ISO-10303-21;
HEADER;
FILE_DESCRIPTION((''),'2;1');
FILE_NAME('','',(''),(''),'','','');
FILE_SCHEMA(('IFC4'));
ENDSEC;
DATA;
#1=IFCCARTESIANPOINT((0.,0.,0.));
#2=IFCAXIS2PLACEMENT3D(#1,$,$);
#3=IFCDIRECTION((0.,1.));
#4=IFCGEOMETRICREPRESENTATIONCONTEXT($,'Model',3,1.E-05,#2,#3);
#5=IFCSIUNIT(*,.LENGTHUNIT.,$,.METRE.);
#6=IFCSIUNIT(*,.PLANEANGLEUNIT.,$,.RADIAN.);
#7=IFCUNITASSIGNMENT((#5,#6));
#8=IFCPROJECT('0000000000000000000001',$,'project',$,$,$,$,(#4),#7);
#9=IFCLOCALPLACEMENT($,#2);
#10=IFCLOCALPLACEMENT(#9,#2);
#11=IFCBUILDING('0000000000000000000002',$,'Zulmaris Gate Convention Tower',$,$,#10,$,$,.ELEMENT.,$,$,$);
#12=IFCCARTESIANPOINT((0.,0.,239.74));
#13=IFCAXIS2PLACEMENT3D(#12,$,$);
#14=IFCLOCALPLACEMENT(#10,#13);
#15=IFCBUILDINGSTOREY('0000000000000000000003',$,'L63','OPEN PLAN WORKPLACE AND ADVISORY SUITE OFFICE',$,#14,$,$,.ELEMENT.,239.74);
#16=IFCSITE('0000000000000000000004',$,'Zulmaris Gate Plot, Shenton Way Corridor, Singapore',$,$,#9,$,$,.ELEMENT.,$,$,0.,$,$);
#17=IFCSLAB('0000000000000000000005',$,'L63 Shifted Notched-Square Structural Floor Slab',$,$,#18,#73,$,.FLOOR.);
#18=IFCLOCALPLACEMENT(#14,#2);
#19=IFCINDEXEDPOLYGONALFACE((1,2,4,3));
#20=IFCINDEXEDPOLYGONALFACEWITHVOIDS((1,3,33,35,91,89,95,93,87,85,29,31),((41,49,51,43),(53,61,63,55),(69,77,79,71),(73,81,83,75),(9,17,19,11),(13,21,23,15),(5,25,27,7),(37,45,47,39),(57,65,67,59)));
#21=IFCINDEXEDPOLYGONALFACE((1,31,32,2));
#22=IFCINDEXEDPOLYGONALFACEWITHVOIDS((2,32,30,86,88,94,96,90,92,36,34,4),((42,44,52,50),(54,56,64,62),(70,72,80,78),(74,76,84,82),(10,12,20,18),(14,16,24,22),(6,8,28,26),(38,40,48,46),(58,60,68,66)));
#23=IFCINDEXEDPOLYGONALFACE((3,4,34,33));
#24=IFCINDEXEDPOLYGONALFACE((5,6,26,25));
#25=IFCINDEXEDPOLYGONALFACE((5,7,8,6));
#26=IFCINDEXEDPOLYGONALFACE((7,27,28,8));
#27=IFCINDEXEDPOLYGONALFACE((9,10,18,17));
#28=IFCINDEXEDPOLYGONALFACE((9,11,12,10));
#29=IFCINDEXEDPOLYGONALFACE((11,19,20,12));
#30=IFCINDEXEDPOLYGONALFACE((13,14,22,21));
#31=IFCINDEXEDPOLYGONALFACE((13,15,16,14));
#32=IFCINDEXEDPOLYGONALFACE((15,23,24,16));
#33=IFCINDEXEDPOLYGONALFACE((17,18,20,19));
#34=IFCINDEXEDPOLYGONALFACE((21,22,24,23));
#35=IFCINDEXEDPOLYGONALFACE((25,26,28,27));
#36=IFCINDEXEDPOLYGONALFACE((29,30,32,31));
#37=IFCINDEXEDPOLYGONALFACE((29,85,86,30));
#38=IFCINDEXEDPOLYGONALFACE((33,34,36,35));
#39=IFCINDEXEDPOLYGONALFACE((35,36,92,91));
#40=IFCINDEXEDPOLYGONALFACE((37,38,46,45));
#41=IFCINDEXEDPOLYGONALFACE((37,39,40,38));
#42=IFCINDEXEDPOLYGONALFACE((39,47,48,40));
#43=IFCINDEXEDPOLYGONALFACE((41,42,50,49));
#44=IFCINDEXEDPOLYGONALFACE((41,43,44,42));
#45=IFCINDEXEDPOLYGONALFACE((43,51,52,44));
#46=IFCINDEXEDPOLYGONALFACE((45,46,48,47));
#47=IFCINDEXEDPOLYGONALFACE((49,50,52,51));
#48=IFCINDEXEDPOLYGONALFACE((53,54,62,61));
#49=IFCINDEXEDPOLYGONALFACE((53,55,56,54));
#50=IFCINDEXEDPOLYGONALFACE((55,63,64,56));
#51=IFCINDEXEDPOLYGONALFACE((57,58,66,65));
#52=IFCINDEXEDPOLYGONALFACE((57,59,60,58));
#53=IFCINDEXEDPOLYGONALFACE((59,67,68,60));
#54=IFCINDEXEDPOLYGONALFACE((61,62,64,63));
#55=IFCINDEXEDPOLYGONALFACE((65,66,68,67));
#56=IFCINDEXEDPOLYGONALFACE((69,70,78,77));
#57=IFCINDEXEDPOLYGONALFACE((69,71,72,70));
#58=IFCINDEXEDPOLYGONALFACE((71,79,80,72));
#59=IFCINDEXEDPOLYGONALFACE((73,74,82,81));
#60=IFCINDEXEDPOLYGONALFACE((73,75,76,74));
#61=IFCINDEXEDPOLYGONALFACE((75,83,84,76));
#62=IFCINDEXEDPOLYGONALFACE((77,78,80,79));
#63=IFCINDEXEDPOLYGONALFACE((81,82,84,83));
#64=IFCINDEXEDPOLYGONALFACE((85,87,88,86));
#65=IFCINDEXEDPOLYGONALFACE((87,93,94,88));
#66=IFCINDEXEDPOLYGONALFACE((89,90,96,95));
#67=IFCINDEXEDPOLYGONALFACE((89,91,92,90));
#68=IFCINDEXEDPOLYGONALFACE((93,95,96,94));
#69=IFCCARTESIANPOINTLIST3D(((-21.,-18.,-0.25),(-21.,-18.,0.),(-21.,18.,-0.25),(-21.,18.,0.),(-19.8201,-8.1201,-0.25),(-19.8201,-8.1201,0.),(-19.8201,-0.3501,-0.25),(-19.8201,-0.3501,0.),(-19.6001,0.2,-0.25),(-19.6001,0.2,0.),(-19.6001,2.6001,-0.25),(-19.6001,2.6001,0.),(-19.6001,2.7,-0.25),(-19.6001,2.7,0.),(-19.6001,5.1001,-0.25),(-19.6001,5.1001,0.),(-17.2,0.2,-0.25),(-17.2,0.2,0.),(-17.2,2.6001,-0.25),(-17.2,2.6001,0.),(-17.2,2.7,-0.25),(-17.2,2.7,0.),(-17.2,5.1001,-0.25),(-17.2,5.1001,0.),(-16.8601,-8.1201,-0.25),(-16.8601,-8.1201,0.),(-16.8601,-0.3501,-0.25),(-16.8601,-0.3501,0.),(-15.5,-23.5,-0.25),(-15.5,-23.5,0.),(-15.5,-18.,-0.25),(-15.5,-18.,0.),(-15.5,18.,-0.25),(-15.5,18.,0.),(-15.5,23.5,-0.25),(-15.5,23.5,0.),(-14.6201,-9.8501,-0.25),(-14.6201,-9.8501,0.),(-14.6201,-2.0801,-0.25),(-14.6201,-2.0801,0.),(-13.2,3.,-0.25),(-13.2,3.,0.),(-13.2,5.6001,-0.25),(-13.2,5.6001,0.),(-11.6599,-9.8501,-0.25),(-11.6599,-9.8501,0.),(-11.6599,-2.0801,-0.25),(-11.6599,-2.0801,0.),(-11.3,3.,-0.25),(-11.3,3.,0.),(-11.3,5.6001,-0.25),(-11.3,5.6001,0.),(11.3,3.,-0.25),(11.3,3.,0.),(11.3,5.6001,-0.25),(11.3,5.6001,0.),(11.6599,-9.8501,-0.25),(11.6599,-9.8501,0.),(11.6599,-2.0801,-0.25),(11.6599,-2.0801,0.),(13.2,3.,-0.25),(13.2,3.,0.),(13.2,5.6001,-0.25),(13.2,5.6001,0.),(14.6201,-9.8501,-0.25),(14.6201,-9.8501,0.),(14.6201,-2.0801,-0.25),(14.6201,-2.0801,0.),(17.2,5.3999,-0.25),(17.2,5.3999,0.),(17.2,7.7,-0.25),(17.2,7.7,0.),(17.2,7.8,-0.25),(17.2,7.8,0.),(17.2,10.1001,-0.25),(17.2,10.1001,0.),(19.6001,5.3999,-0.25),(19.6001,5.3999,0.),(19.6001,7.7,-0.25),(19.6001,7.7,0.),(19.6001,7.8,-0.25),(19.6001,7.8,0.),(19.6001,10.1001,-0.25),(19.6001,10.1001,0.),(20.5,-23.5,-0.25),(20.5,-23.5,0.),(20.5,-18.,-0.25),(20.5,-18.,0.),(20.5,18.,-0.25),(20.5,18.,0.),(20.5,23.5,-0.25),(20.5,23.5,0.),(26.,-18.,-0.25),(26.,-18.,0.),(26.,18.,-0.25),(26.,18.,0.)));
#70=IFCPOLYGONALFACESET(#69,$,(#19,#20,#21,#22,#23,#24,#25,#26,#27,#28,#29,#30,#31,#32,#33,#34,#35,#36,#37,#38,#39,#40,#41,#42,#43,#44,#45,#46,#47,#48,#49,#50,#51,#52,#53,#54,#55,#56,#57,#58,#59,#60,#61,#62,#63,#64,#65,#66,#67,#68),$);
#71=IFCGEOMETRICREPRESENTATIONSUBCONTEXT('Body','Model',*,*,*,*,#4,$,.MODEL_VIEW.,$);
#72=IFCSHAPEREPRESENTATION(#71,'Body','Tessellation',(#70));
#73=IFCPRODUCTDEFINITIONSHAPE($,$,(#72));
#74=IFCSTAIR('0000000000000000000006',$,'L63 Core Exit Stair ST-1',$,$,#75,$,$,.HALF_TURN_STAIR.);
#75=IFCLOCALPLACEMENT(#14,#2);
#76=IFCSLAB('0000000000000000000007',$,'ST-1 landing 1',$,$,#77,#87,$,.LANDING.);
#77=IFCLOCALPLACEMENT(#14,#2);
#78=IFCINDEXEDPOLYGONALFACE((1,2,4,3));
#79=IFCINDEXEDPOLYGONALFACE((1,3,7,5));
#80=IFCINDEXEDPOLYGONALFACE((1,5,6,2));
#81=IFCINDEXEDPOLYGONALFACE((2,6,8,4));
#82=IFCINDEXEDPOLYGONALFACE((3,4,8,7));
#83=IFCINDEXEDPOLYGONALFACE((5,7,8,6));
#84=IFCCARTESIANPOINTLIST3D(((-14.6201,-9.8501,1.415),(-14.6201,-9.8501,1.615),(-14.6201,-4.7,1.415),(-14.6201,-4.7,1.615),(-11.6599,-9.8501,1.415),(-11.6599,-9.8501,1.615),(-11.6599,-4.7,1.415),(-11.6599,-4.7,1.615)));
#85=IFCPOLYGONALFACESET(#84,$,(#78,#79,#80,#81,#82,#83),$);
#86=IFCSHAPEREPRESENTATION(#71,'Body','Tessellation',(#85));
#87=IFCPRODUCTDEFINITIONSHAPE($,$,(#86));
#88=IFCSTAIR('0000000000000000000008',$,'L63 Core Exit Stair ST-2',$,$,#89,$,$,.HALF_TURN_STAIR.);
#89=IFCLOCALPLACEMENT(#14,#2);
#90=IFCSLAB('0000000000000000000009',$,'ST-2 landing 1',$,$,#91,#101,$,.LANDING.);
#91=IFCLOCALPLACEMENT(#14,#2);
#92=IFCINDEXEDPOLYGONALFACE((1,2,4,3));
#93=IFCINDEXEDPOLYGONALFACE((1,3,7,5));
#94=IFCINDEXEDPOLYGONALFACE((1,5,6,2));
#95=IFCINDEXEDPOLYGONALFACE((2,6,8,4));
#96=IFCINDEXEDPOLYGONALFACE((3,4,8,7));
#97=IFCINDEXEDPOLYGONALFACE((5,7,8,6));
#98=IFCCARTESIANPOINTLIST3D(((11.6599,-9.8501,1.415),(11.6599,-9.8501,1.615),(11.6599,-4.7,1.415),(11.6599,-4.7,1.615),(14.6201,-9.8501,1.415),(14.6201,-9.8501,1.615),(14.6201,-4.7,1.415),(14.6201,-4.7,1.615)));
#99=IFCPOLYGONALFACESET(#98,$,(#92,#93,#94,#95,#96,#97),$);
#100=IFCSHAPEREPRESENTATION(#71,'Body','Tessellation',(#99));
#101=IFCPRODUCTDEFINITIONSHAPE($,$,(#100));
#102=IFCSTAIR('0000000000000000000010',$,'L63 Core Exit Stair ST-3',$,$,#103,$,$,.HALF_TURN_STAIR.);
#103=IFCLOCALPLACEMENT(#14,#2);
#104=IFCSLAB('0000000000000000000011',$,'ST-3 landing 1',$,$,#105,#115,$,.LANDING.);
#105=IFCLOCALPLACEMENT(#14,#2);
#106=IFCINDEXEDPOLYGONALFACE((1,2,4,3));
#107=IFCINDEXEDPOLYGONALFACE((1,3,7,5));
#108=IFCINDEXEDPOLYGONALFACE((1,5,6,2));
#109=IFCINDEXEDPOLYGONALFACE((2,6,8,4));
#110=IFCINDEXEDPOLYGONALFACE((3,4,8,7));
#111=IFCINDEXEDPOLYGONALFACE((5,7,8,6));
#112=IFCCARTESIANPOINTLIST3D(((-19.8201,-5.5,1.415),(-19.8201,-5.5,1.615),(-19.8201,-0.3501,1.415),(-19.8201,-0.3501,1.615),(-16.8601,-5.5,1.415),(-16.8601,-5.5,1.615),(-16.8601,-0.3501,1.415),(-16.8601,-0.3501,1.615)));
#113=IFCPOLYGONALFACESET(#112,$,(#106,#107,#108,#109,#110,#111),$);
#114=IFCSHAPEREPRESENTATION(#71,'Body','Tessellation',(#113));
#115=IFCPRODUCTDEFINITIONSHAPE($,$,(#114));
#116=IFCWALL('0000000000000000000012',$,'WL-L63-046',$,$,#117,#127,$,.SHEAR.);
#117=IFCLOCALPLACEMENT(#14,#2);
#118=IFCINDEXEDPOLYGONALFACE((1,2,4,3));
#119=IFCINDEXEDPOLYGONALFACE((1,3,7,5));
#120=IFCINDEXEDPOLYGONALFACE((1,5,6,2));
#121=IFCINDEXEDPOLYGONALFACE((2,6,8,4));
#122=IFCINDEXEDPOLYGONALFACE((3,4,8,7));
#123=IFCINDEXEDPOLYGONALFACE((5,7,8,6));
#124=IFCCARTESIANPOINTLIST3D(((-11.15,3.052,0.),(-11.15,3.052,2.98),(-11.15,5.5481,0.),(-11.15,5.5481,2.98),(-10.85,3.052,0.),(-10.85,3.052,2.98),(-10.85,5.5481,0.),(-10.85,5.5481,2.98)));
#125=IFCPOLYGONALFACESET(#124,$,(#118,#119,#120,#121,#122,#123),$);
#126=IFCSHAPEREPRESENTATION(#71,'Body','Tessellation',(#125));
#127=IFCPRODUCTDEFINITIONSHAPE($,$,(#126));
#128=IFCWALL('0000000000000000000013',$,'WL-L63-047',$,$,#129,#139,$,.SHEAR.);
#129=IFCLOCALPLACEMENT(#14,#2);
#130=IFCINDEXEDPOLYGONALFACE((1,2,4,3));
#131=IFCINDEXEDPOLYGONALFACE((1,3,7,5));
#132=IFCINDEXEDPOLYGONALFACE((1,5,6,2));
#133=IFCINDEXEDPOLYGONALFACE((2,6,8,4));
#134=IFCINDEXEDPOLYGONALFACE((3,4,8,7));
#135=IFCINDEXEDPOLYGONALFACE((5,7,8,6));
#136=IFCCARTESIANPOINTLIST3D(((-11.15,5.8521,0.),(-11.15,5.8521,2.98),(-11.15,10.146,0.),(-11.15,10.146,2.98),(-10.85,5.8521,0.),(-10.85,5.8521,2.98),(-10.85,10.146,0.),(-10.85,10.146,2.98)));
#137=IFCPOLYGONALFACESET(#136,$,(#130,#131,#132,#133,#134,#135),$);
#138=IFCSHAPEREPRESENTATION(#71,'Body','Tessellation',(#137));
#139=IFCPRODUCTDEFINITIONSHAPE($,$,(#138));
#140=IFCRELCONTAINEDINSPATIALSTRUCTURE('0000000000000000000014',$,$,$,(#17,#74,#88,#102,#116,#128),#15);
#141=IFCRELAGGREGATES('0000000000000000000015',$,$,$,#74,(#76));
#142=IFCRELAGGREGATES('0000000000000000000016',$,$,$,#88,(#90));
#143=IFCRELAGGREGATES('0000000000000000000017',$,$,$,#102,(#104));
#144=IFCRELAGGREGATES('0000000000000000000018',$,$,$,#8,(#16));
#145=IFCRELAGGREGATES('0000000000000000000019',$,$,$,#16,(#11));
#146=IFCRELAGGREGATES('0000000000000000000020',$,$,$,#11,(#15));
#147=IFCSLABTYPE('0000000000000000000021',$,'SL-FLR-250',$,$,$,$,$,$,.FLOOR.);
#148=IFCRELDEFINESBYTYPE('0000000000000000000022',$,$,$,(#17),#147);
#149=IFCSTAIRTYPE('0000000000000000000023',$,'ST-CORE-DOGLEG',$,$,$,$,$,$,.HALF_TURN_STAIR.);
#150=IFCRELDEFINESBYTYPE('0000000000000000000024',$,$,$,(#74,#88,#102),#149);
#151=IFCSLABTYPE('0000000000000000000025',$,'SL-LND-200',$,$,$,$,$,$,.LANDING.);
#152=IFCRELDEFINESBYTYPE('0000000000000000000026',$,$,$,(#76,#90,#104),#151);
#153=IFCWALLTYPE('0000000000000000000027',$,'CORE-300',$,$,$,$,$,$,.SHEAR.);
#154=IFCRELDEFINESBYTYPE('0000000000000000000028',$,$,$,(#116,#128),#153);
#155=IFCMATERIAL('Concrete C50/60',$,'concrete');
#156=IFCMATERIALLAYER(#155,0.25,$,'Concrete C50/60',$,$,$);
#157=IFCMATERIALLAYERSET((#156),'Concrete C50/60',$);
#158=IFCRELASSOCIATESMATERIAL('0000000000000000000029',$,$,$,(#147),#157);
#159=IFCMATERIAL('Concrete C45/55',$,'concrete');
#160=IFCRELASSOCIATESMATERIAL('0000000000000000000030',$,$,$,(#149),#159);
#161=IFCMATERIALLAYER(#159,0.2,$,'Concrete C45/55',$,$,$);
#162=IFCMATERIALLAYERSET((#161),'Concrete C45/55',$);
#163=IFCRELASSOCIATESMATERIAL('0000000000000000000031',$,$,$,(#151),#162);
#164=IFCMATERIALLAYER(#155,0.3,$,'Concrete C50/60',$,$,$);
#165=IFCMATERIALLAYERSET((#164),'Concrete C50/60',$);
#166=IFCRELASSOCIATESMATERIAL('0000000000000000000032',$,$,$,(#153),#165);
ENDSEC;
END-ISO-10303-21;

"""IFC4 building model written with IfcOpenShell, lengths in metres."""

from ifc_helpers import new_model, si_unit, direction, frame, frame_2d, origin, place, context, subcontext, project, spatial, polyline, rectangle, outline, extrude, material, layer, layer_set, type_object, element, aggregate, save


model = new_model("IFC4")

# Units and contexts
model_context = context("Model", 3, precision=1e-05, world=origin(), true_north=direction((0.0, 1.0)))
body_context = subcontext(model_context, "Body", "Model", "MODEL_VIEW")
ifc_project = project(units=[si_unit("LENGTHUNIT", "METRE"), si_unit("PLANEANGLEUNIT", "RADIAN")], contexts=[model_context])

# Site, building, storey
site_placement = place(None, origin())
site = spatial("IfcSite", under=ifc_project, at=site_placement, Name="Zulmaris Gate Plot, Shenton Way Corridor, Singapore", CompositionType="ELEMENT", RefElevation=0.0)
building_placement = place(site_placement, origin())
building = spatial("IfcBuilding", under=site, at=building_placement, Name="Zulmaris Gate Convention Tower", CompositionType="ELEMENT")
storey_placement = place(building_placement, frame((0.0, 0.0, 239.74)))
storey = spatial("IfcBuildingStorey", under=building, at=storey_placement, Name="L63", Description="OPEN PLAN WORKPLACE AND ADVISORY SUITE OFFICE", CompositionType="ELEMENT", Elevation=239.74)

# Shared definitions
ifc_material_1 = material(Name="Concrete C50/60", Category="concrete")

# Slab
ifc_layer_1 = layer(ifc_material_1, 0.25, Name="Concrete C50/60")
ifc_layer_set_1 = layer_set([ifc_layer_1], Name="Concrete C50/60")
slab_type_1 = type_object("IfcSlabType", Name="SL-FLR-250", PredefinedType="FLOOR", material=ifc_layer_set_1)
slab_1_placement = place(storey_placement, frame((0.0, 0.0, -0.25)))
element("IfcSlab", 1, at=slab_1_placement, inside=storey, type_object=slab_type_1, Name="L63 Shifted Notched-Square Structural Floor Slab", PredefinedType="FLOOR", context=body_context, shape_type="SweptSolid", body=[
    extrude(outline(polyline([(-15.5, -23.5), (20.5, -23.5), (20.5, -18.0), (26.0, -18.0), (26.0, 18.0), (20.5, 18.0), (20.5, 23.5), (-15.5, 23.5), (-15.5, 18.0), (-21.0, 18.0), (-21.0, -18.0), (-15.5, -18.0), (-15.5, -23.5)]), holes=[polyline([(-14.6201, -2.0801), (-14.6201, -9.8501), (-11.6599, -9.8501), (-11.6599, -2.0801), (-14.6201, -2.0801)]), polyline([(11.6599, -2.0801), (11.6599, -9.8501), (14.6201, -9.8501), (14.6201, -2.0801), (11.6599, -2.0801)]), polyline([(-16.8601, -8.1201), (-16.8601, -0.3501), (-19.8201, -0.3501), (-19.8201, -8.1201), (-16.8601, -8.1201)]), polyline([(-13.2, 3.0), (-11.3, 3.0), (-11.3, 5.6001), (-13.2, 5.6001), (-13.2, 3.0)]), polyline([(11.3, 3.0), (13.2, 3.0), (13.2, 5.6001), (11.3, 5.6001), (11.3, 3.0)]), polyline([(17.2, 5.3999), (19.6001, 5.3999), (19.6001, 7.7), (17.2, 7.7), (17.2, 5.3999)]), polyline([(17.2, 7.8), (19.6001, 7.8), (19.6001, 10.1001), (17.2, 10.1001), (17.2, 7.8)]), polyline([(-19.6001, 0.2), (-17.2, 0.2), (-17.2, 2.6001), (-19.6001, 2.6001), (-19.6001, 0.2)]), polyline([(-19.6001, 2.7), (-17.2, 2.7), (-17.2, 5.1001), (-19.6001, 5.1001), (-19.6001, 2.7)])]), origin(), (0.0, 0.0, 1.0), 0.25),
])

# Stairs, slabs
ifc_material_2 = material(Name="Concrete C45/55", Category="concrete")
stair_type = type_object("IfcStairType", Name="ST-CORE-DOGLEG", PredefinedType="HALF_TURN_STAIR", material=ifc_material_2)
stair_1_placement = place(storey_placement, origin())
stair_1 = element("IfcStair", 2, at=stair_1_placement, inside=storey, type_object=stair_type, Name="L63 Core Exit Stair ST-1", PredefinedType="HALF_TURN_STAIR")
ifc_layer_2 = layer(ifc_material_2, 0.2, Name="Concrete C45/55")
ifc_layer_set_2 = layer_set([ifc_layer_2], Name="Concrete C45/55")
slab_type_2 = type_object("IfcSlabType", Name="SL-LND-200", PredefinedType="LANDING", material=ifc_layer_set_2)
slab_2_placement = place(storey_placement, frame((0.0, 0.0, 1.415)))
slab_2 = element("IfcSlab", 3, at=slab_2_placement, type_object=slab_type_2, Name="ST-1 landing 1", PredefinedType="LANDING", context=body_context, shape_type="SweptSolid", body=[
    extrude(outline(polyline([(-14.6201, -4.7), (-14.6201, -9.8501), (-11.6599, -9.8501), (-11.6599, -4.7), (-14.6201, -4.7)])), origin(), (0.0, 0.0, 1.0), 0.2),
])
aggregate(stair_1, [slab_2])
stair_2_placement = place(storey_placement, origin())
stair_2 = element("IfcStair", 4, at=stair_2_placement, inside=storey, type_object=stair_type, Name="L63 Core Exit Stair ST-2", PredefinedType="HALF_TURN_STAIR")
slab_3_placement = place(storey_placement, frame((0.0, 0.0, 1.415)))
slab_3 = element("IfcSlab", 5, at=slab_3_placement, type_object=slab_type_2, Name="ST-2 landing 1", PredefinedType="LANDING", context=body_context, shape_type="SweptSolid", body=[
    extrude(outline(polyline([(11.6599, -4.7), (11.6599, -9.8501), (14.6201, -9.8501), (14.6201, -4.7), (11.6599, -4.7)])), origin(), (0.0, 0.0, 1.0), 0.2),
])
aggregate(stair_2, [slab_3])
stair_3_placement = place(storey_placement, origin())
stair_3 = element("IfcStair", 6, at=stair_3_placement, inside=storey, type_object=stair_type, Name="L63 Core Exit Stair ST-3", PredefinedType="HALF_TURN_STAIR")
slab_4_placement = place(storey_placement, frame((0.0, 0.0, 1.415)))
slab_4 = element("IfcSlab", 7, at=slab_4_placement, type_object=slab_type_2, Name="ST-3 landing 1", PredefinedType="LANDING", context=body_context, shape_type="SweptSolid", body=[
    extrude(outline(polyline([(-16.8601, -5.5), (-16.8601, -0.3501), (-19.8201, -0.3501), (-19.8201, -5.5), (-16.8601, -5.5)])), origin(), (0.0, 0.0, 1.0), 0.2),
])
aggregate(stair_3, [slab_4])

# Shared definitions
ifc_layer_3 = layer(ifc_material_1, 0.3, Name="Concrete C50/60")
ifc_layer_set_3 = layer_set([ifc_layer_3], Name="Concrete C50/60")
wall_type_1 = type_object("IfcWallType", Name="CORE-300", PredefinedType="SHEAR", material=ifc_layer_set_3)

# Walls
wall_1_placement = place(storey_placement, frame((-11.0, 3.052, 0.0), z_axis=(0.0, 0.0, 1.0), x_axis=(0.0, 1.0, 0.0)))
element("IfcWall", 8, at=wall_1_placement, inside=storey, type_object=wall_type_1, Name="WL-L63-046", PredefinedType="SHEAR", context=body_context, shape_type="SweptSolid", body=[
    extrude(rectangle(XDim=2.4961, YDim=0.3, at=frame_2d((1.248, 0.0))), origin(), (0.0, 0.0, 1.0), 2.98),
])
wall_2_placement = place(storey_placement, frame((-11.0, 5.8521, 0.0), z_axis=(0.0, 0.0, 1.0), x_axis=(0.0, 1.0, 0.0)))
element("IfcWall", 9, at=wall_2_placement, inside=storey, type_object=wall_type_1, Name="WL-L63-047", PredefinedType="SHEAR", context=body_context, shape_type="SweptSolid", body=[
    extrude(rectangle(XDim=4.2939, YDim=0.3, at=frame_2d((2.147, 0.0))), origin(), (0.0, 0.0, 1.0), 2.98),
])

save(model, "model.ifc")
